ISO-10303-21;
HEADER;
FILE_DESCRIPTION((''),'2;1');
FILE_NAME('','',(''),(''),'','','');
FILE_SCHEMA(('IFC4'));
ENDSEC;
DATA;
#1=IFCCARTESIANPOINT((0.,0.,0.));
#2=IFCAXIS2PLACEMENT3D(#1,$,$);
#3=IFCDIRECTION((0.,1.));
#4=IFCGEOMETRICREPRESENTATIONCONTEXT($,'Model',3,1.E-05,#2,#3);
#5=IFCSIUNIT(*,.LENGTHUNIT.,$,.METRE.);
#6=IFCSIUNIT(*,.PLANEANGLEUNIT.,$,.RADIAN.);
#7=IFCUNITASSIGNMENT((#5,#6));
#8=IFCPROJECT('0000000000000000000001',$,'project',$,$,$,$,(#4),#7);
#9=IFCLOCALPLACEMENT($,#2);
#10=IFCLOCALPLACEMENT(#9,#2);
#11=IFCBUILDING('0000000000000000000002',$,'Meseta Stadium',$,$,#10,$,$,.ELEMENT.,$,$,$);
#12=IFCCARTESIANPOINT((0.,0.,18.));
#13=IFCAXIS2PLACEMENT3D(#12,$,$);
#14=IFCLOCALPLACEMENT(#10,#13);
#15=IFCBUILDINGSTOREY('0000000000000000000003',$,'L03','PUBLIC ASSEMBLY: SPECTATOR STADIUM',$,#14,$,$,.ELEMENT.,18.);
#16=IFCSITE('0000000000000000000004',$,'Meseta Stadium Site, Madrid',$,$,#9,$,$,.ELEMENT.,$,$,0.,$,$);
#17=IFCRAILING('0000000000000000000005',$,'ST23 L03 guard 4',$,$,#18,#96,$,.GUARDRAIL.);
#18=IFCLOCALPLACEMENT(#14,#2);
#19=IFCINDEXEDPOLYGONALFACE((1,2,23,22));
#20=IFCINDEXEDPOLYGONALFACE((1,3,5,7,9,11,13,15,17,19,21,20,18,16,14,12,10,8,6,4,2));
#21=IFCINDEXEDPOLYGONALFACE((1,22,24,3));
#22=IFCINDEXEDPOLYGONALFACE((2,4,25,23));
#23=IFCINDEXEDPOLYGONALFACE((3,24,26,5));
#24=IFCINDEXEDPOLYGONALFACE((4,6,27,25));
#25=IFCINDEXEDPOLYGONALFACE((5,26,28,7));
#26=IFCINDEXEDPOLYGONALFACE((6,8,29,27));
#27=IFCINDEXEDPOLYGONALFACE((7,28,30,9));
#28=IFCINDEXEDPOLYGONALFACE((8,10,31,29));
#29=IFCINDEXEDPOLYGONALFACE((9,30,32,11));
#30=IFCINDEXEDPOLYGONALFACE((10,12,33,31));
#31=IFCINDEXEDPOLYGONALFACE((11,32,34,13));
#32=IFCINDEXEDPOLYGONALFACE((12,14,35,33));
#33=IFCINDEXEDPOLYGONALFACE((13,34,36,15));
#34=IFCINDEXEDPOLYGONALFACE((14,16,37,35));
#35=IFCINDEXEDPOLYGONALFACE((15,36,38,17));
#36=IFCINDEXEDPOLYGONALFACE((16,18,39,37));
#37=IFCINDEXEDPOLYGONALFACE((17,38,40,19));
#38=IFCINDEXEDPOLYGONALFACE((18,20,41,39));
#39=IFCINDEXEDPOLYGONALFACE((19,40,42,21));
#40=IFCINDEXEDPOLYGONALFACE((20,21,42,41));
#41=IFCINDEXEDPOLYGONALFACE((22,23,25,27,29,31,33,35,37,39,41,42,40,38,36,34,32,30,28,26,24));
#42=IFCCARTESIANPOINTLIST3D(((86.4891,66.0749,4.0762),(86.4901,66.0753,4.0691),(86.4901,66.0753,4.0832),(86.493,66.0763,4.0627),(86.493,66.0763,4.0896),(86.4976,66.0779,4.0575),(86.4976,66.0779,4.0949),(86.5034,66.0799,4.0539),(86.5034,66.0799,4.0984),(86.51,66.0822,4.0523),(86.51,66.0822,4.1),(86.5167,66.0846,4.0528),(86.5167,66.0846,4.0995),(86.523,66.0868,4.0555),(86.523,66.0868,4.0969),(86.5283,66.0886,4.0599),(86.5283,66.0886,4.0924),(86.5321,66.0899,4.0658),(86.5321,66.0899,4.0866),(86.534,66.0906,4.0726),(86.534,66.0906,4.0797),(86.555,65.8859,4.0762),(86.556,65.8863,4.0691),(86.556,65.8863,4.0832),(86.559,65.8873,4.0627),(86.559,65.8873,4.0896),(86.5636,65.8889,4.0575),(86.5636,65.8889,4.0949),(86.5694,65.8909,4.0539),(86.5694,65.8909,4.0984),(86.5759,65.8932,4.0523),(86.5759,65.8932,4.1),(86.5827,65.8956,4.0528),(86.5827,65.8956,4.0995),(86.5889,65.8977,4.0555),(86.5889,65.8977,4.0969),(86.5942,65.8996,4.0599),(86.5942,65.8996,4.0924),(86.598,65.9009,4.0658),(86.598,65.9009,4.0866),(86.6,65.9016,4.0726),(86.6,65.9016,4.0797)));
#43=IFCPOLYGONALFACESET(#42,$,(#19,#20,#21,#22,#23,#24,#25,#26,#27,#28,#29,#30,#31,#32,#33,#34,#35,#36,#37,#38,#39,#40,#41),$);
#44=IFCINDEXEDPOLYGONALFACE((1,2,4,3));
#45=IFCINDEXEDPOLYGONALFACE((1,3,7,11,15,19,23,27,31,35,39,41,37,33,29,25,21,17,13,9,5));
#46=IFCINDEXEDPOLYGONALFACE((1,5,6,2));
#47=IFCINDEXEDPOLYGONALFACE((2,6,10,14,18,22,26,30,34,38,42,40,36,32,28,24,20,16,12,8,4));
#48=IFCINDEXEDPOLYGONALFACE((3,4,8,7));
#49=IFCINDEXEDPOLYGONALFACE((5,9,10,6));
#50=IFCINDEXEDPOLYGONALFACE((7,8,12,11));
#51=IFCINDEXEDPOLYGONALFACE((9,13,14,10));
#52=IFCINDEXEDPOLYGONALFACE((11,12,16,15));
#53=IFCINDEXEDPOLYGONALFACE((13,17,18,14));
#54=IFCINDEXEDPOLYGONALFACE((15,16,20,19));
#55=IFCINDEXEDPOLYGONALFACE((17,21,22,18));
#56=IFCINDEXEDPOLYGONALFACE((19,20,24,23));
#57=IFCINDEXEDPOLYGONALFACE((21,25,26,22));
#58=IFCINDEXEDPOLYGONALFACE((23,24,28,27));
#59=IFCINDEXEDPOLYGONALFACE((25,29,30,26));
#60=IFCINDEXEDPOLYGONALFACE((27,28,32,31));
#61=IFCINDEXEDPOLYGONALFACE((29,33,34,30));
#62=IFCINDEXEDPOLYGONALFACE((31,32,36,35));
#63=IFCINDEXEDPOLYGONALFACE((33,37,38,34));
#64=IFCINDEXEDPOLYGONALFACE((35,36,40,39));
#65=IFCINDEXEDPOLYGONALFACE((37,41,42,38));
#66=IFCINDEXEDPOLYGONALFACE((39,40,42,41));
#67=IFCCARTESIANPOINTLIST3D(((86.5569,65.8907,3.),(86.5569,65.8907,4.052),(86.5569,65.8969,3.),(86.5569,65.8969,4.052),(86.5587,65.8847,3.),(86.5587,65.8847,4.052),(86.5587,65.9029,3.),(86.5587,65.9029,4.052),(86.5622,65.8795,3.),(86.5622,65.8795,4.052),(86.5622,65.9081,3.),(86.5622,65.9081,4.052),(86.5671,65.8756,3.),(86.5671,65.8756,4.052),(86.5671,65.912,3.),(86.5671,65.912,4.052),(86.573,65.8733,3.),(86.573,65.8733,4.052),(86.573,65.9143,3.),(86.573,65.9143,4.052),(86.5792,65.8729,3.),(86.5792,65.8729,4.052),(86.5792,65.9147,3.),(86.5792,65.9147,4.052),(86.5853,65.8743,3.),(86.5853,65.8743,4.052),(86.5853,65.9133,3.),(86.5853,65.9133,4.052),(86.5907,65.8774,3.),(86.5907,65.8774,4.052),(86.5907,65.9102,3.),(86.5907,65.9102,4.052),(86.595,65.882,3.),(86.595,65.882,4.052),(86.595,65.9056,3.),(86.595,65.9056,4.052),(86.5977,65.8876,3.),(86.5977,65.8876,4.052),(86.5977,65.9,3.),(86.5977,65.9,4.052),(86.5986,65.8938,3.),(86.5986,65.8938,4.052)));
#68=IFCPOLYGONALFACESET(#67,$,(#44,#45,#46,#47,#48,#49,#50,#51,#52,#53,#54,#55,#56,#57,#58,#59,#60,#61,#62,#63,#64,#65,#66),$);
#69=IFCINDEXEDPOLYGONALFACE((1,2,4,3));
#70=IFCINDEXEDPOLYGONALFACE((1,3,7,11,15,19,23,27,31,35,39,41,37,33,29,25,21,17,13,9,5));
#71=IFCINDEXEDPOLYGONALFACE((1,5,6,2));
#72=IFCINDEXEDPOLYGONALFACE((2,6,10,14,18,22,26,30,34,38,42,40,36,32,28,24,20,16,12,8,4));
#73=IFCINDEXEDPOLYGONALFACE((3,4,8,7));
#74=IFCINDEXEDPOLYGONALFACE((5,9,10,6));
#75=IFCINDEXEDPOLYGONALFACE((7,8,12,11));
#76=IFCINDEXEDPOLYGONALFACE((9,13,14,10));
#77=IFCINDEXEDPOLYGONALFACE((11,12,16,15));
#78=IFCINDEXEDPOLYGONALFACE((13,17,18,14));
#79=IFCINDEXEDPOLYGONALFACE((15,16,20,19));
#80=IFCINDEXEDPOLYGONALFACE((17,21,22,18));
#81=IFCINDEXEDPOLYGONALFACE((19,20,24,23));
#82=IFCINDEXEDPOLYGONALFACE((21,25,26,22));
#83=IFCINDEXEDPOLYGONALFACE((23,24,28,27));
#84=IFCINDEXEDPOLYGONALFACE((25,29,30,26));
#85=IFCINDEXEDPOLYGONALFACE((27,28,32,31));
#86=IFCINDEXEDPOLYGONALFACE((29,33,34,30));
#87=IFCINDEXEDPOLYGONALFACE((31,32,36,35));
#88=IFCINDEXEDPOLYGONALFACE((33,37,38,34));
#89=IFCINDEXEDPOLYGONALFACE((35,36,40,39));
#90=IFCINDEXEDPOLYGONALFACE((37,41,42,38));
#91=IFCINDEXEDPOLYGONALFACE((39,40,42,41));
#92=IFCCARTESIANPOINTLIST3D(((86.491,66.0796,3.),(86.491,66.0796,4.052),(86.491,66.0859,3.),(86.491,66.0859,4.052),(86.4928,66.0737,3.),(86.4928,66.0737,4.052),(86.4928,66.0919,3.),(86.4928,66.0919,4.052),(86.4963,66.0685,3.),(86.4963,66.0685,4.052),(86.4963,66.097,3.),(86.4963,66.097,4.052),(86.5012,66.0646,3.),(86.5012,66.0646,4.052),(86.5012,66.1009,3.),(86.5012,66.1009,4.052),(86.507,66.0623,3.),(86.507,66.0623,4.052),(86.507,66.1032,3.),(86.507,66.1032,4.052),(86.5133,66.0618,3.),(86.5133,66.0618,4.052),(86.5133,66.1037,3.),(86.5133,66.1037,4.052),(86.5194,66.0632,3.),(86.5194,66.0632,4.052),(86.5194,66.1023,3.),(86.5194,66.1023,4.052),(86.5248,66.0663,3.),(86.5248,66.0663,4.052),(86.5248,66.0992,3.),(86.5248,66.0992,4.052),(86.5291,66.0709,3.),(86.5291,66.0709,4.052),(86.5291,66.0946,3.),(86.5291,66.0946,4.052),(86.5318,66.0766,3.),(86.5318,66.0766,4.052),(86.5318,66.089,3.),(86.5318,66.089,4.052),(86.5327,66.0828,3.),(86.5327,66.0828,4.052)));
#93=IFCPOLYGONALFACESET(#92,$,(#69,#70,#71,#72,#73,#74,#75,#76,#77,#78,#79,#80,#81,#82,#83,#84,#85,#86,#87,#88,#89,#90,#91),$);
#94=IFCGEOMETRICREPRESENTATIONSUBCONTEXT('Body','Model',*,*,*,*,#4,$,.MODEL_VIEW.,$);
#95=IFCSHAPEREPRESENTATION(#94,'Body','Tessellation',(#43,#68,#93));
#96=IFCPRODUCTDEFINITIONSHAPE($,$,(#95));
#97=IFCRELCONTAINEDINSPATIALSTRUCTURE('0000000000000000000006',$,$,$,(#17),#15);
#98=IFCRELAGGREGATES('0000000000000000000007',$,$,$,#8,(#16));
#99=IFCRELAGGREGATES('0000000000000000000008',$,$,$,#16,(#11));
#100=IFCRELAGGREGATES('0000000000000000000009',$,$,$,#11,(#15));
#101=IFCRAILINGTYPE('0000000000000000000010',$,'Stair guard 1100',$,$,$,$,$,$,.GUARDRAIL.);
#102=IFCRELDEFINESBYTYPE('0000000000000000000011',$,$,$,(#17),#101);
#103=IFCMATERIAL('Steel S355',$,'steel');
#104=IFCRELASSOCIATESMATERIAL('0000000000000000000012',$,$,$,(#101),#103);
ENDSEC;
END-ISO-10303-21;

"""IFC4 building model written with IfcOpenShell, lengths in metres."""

from ifc_helpers import new_model, si_unit, direction, frame, origin, origin_2d, place, context, subcontext, project, spatial, circle, extrude, material, type_object, element, save


model = new_model("IFC4")

# Units and contexts
model_context = context("Model", 3, precision=1e-05, world=origin(), true_north=direction((0.0, 1.0)))
body_context = subcontext(model_context, "Body", "Model", "MODEL_VIEW")
ifc_project = project(units=[si_unit("LENGTHUNIT", "METRE"), si_unit("PLANEANGLEUNIT", "RADIAN")], contexts=[model_context])

# Site, building, storey
site_placement = place(None, origin())
site = spatial("IfcSite", under=ifc_project, at=site_placement, Name="Meseta Stadium Site, Madrid", CompositionType="ELEMENT", RefElevation=0.0)
building_placement = place(site_placement, origin())
building = spatial("IfcBuilding", under=site, at=building_placement, Name="Meseta Stadium", CompositionType="ELEMENT")
storey_placement = place(building_placement, frame((0.0, 0.0, 18.0)))
storey = spatial("IfcBuildingStorey", under=building, at=storey_placement, Name="L03", Description="PUBLIC ASSEMBLY: SPECTATOR STADIUM", CompositionType="ELEMENT", Elevation=18.0)

# Railing
ifc_material_1 = material(Name="Steel S355", Category="steel")
railing_type_1 = type_object("IfcRailingType", Name="Stair guard 1100", PredefinedType="GUARDRAIL", material=ifc_material_1)
railing_1_placement = place(storey_placement, frame((86.5776, 65.8938, 3.0)))
element("IfcRailing", 1, at=railing_1_placement, inside=storey, type_object=railing_type_1, Name="ST23 L03 guard 4", PredefinedType="GUARDRAIL", context=body_context, shape_type="SweptSolid", body=[
    extrude(circle(Radius=0.0239, at=origin_2d()), frame((0.0, 0.0, 1.0762), z_axis=(-0.329372, 0.9442, 0.0), x_axis=(-0.9442, -0.329372, 0.0)), (0.0, 0.0, 1.0), 0.2002),
    extrude(circle(Radius=0.021, at=origin_2d()), origin(), (0.0, 0.0, 1.0), 1.052),
    extrude(circle(Radius=0.021, at=origin_2d()), frame((-0.0659, 0.189, 0.0)), (0.0, 0.0, 1.0), 1.052),
])

save(model, "model.ifc")
